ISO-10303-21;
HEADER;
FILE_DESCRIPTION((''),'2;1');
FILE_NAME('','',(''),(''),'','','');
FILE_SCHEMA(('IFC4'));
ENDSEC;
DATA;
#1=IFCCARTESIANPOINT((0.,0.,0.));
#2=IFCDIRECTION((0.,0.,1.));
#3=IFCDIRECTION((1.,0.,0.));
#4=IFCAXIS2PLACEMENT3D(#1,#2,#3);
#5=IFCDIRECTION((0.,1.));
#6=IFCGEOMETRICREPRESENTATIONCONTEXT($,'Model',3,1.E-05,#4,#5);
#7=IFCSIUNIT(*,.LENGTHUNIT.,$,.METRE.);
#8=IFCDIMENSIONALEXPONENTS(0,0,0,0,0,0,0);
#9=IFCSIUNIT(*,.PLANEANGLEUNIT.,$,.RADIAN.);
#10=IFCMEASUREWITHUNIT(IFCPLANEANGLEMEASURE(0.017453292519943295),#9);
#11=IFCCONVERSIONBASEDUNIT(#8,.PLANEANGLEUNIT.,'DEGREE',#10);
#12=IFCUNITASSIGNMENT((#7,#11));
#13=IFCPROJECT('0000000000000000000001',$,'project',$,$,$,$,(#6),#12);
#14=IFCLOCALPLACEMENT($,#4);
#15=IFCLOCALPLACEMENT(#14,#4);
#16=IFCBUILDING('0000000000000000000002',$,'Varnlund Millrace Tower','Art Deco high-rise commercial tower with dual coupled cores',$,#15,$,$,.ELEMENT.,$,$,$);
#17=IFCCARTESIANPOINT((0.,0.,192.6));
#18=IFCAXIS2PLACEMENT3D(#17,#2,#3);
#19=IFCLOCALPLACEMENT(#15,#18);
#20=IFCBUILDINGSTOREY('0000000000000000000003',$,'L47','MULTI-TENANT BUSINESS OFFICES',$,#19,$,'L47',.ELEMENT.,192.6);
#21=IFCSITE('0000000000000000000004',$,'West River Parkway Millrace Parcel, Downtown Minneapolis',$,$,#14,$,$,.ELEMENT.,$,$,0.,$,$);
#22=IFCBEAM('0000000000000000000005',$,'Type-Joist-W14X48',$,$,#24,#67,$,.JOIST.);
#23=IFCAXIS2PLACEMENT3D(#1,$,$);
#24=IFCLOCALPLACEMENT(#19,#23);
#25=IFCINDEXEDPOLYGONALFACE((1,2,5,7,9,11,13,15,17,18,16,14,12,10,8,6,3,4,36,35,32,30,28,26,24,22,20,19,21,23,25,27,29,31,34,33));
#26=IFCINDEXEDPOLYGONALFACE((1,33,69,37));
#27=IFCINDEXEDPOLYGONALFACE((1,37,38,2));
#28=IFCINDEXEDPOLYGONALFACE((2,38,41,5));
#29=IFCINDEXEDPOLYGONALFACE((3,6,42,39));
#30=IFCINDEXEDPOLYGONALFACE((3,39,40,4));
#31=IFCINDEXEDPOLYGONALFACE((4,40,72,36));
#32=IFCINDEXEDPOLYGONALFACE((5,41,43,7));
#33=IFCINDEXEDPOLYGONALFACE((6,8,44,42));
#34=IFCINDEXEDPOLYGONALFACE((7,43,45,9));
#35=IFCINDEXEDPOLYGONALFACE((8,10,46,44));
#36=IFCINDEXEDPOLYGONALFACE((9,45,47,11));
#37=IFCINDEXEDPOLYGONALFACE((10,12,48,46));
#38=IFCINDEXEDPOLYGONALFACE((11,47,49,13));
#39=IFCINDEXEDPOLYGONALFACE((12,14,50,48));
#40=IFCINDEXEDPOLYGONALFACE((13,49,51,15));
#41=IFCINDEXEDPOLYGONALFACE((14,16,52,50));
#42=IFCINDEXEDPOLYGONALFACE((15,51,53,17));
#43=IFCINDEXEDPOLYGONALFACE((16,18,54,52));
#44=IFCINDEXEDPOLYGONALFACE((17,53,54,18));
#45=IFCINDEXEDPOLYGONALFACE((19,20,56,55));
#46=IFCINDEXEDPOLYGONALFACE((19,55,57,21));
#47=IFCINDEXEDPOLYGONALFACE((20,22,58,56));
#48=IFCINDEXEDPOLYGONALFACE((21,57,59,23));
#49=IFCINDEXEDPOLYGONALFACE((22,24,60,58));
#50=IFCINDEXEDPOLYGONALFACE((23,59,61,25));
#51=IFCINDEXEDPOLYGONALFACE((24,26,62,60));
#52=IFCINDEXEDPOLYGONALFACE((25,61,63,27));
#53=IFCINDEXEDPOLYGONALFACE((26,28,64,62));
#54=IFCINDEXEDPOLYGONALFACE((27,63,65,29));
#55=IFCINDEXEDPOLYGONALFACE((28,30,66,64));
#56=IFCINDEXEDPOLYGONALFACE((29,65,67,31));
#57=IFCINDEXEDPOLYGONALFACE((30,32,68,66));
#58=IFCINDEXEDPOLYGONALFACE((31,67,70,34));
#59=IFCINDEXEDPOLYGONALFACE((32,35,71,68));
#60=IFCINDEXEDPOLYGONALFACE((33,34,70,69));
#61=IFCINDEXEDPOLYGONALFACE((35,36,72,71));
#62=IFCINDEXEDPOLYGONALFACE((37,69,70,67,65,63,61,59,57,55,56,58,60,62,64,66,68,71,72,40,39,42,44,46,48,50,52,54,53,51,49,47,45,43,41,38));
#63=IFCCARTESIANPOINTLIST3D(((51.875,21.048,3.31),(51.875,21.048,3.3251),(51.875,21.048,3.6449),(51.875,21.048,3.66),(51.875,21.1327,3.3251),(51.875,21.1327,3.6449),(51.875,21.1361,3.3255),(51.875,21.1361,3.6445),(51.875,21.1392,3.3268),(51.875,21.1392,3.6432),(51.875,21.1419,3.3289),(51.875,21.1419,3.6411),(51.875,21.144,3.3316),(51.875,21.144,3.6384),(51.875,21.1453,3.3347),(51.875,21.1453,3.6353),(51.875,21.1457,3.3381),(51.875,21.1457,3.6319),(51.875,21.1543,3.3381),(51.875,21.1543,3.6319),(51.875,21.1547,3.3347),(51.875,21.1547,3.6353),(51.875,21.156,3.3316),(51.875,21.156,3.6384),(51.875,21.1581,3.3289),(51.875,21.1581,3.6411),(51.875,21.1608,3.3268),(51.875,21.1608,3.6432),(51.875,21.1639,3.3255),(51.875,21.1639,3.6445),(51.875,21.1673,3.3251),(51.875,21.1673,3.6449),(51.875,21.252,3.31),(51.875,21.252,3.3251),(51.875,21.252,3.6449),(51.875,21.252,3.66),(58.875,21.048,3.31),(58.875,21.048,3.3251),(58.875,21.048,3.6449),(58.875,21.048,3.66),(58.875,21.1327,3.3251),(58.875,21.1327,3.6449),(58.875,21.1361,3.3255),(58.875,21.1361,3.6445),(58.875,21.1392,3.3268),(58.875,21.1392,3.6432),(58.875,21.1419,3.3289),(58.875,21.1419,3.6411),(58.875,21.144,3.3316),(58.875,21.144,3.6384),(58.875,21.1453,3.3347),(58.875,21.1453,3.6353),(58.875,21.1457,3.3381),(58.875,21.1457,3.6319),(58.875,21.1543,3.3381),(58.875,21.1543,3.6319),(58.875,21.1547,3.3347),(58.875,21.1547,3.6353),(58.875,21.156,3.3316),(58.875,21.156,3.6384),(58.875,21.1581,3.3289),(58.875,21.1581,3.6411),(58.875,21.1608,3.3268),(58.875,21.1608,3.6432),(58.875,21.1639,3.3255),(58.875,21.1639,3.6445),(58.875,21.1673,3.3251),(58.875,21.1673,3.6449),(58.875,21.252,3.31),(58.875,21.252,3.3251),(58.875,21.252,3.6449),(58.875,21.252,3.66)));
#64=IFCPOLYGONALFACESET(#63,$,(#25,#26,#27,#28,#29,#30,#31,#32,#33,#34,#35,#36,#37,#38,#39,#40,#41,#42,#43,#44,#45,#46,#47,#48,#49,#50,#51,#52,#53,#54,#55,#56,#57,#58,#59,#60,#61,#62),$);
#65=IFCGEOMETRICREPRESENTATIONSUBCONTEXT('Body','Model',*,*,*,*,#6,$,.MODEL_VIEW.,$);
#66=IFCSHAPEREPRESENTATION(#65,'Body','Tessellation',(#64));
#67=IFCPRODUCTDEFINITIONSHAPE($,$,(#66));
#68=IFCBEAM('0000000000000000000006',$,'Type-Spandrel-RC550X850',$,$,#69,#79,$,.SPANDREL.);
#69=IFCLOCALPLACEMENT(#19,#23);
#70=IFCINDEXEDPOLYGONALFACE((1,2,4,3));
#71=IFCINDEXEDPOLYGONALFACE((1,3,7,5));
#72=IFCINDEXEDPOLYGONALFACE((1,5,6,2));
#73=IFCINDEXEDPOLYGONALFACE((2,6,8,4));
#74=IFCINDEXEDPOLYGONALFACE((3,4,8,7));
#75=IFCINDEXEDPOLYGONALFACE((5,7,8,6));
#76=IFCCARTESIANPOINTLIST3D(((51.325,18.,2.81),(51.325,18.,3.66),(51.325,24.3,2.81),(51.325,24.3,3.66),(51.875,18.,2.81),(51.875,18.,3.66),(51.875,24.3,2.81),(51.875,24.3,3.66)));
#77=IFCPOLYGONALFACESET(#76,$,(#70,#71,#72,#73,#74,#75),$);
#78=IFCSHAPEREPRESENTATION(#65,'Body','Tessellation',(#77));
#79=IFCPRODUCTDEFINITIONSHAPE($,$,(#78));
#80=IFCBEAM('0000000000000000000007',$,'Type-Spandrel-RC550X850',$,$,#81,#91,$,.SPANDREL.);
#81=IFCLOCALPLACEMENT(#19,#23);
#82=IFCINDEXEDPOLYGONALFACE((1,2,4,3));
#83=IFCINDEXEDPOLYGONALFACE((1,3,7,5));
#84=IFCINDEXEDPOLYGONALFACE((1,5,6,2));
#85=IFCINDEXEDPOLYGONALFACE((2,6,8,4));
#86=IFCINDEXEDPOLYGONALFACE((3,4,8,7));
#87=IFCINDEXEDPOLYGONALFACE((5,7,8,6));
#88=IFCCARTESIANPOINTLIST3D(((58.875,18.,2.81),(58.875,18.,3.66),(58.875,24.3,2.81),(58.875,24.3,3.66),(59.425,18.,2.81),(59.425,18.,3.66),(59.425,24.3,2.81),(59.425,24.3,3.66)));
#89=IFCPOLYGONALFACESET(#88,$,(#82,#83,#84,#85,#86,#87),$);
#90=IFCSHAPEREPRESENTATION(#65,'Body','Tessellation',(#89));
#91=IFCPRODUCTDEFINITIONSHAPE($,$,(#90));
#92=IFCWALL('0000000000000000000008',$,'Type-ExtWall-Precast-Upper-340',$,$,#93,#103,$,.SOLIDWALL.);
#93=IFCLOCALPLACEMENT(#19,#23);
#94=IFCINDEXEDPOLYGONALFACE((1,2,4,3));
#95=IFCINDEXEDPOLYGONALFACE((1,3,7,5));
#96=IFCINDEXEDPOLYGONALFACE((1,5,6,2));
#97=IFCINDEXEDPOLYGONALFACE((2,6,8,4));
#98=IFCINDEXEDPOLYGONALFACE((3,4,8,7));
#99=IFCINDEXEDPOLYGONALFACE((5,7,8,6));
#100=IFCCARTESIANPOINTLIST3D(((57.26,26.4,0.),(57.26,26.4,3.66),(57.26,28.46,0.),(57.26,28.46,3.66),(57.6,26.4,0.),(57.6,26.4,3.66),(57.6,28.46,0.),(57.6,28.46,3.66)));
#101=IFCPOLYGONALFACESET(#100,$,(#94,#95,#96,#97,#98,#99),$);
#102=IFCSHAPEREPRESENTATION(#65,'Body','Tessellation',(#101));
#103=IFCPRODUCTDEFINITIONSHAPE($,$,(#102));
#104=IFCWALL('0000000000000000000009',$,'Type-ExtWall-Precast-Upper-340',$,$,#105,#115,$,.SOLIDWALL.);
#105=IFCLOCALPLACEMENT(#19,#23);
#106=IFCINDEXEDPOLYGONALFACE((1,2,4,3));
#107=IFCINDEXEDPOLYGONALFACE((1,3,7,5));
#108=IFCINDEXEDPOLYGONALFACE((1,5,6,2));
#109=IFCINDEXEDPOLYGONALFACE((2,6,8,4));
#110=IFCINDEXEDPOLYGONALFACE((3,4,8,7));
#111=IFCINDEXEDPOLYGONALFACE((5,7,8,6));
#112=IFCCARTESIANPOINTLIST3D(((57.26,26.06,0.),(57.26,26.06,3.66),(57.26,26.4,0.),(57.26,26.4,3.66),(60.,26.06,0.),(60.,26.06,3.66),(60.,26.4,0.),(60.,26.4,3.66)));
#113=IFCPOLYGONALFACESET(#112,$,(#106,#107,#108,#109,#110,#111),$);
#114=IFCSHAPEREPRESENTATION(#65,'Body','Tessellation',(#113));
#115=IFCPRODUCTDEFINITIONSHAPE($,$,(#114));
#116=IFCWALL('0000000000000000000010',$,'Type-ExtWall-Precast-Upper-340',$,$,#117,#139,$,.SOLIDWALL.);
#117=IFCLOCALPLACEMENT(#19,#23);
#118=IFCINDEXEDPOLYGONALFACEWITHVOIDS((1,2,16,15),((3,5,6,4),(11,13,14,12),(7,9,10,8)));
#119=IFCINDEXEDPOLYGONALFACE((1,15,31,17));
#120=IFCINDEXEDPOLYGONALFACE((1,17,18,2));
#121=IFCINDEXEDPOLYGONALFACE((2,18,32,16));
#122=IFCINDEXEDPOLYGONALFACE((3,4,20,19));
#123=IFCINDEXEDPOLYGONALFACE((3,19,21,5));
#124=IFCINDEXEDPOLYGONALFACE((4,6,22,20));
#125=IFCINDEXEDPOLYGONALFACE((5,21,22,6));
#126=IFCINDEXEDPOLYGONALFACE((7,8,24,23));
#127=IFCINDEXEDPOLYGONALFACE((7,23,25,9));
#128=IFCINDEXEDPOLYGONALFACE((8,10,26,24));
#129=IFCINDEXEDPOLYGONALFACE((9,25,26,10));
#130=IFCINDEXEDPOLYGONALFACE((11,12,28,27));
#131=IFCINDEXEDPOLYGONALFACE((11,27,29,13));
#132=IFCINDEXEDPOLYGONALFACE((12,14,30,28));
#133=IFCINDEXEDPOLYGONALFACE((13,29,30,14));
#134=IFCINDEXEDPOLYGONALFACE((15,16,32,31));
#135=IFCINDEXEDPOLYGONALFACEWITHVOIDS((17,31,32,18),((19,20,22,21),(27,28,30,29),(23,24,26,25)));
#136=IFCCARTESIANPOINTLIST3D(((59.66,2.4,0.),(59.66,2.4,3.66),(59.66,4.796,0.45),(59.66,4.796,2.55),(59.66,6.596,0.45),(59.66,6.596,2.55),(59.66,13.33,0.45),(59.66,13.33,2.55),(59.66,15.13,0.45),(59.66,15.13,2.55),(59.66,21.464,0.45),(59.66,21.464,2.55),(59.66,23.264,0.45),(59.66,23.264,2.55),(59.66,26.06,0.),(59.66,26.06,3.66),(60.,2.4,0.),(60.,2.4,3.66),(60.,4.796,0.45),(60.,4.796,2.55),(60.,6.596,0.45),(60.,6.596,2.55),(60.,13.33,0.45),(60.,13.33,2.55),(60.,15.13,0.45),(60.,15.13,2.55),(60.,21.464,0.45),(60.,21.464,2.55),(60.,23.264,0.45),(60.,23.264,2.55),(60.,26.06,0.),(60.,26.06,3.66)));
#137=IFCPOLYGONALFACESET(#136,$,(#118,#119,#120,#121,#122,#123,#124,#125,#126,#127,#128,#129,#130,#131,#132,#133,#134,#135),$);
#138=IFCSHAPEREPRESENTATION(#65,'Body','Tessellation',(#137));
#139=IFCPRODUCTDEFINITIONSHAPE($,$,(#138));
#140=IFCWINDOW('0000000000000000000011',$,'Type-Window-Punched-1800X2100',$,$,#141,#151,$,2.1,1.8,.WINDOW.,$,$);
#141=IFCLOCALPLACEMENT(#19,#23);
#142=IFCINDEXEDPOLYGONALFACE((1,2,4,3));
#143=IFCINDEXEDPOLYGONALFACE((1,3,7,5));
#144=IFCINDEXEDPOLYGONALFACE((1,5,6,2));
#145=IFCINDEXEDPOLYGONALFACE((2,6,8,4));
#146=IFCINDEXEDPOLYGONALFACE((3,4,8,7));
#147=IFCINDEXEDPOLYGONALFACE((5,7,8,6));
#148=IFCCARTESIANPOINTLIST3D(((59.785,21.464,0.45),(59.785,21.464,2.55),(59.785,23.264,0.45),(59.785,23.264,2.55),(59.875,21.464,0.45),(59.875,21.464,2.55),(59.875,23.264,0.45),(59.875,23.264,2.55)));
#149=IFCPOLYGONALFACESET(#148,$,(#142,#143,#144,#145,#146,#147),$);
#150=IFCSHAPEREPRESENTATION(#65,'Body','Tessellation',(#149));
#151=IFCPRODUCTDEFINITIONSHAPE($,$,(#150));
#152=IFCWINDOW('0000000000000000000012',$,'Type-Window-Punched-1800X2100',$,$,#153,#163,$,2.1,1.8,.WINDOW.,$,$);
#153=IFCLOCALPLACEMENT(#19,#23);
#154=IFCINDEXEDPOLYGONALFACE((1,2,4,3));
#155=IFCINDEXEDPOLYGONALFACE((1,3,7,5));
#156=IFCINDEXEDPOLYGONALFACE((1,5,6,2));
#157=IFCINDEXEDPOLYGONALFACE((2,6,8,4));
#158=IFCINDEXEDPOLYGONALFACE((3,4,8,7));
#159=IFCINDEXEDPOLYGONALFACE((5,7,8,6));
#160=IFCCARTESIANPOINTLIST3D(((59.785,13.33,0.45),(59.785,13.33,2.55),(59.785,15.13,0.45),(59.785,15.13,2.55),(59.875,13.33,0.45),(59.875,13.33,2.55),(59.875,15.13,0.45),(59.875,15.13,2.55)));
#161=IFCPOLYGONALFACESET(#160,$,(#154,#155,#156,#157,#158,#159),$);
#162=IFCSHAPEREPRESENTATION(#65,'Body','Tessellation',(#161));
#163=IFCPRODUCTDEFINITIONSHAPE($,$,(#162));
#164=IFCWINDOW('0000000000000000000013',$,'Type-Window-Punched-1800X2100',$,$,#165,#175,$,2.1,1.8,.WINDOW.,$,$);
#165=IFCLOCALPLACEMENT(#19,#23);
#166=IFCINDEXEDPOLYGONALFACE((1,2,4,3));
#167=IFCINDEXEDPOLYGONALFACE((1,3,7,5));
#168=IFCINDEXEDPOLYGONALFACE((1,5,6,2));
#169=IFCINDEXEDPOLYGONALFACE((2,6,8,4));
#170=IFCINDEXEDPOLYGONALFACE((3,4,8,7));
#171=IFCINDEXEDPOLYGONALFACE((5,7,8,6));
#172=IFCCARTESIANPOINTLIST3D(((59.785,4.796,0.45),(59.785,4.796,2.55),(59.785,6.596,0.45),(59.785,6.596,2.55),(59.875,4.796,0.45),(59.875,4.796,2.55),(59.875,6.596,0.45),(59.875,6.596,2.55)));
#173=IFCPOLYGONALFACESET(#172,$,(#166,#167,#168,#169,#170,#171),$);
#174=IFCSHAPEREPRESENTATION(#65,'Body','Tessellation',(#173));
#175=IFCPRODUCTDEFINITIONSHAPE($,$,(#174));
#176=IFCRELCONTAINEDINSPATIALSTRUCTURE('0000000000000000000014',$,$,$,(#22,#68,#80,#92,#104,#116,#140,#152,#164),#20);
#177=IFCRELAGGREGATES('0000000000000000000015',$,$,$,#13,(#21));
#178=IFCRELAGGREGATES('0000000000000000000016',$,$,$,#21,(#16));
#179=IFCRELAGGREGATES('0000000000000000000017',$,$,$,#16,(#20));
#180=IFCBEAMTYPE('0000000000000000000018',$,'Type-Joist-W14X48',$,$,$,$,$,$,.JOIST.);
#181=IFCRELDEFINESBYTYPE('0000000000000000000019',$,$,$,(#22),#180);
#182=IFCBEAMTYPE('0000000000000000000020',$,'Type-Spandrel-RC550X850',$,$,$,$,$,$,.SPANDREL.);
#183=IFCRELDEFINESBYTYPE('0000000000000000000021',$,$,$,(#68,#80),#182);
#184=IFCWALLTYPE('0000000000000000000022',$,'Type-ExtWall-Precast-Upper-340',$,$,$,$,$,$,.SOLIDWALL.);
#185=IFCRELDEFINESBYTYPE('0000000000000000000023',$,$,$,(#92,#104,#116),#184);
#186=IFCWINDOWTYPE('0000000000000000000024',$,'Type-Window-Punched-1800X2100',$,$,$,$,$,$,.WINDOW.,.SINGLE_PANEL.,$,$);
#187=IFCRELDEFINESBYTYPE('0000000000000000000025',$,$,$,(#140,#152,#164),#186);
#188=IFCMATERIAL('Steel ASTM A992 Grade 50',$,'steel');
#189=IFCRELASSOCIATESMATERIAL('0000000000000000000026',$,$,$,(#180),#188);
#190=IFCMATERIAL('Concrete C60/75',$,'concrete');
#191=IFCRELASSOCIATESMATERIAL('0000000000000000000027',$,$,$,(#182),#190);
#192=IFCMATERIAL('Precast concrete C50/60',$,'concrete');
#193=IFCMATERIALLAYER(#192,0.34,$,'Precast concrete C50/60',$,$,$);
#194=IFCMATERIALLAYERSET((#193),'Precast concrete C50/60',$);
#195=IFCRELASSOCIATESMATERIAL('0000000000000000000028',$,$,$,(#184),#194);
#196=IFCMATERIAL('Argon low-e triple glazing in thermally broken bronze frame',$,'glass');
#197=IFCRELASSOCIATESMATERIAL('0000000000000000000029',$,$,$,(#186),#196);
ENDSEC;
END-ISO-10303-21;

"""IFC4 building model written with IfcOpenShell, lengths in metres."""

from ifc_helpers import new_model, entity, si_unit, converted_unit, direction, frame, origin_with_axes, origin_2d_with_axis, place, context, subcontext, project, spatial, polyline, rectangle, i_section, outline, extrude, material, layer, layer_set, material_profile, profile_set, type_object, element, fill, save


model = new_model("IFC4")

# Units and contexts
model_context = context("Model", 3, precision=1e-05, world=origin_with_axes(), true_north=direction((0.0, 1.0)))
body_context = subcontext(model_context, "Body", "Model", "MODEL_VIEW")
ifc_project = project(units=[si_unit("LENGTHUNIT", "METRE"), converted_unit("PLANEANGLEUNIT", "DEGREE", entity("IfcPlaneAngleMeasure", 0.017453292519943295), si_unit("PLANEANGLEUNIT", "RADIAN"), dimensions=[0, 0, 0, 0, 0, 0, 0])], contexts=[model_context])

# Site, building, storey
site_placement = place(None, origin_with_axes())
site = spatial("IfcSite", under=ifc_project, at=site_placement, Name="West River Parkway Millrace Parcel, Downtown Minneapolis", CompositionType="ELEMENT", RefElevation=0.0)
building_placement = place(site_placement, origin_with_axes())
building = spatial("IfcBuilding", under=site, at=building_placement, Name="Varnlund Millrace Tower", Description="Art Deco high-rise commercial tower with dual coupled cores", CompositionType="ELEMENT")
storey_placement = place(building_placement, frame((0.0, 0.0, 192.6), z_axis=(0.0, 0.0, 1.0), x_axis=(1.0, 0.0, 0.0)))
storey = spatial("IfcBuildingStorey", under=building, at=storey_placement, Name="L47", Description="MULTI-TENANT BUSINESS OFFICES", LongName="L47", CompositionType="ELEMENT", Elevation=192.6)

# Beams
ifc_material_1 = material(Name="Steel ASTM A992 Grade 50", Category="steel")
ifc_material_profile_1 = material_profile(ifc_material_1, i_section(OverallWidth=0.204, OverallDepth=0.35, WebThickness=0.0086, FlangeThickness=0.0151, FilletRadius=0.013, at=origin_2d_with_axis()), Name="Steel ASTM A992 Grade 50")
ifc_profile_set_1 = profile_set([ifc_material_profile_1], Name="Steel ASTM A992 Grade 50")
beam_type_1 = type_object("IfcBeamType", Name="Type-Joist-W14X48", PredefinedType="JOIST", material=ifc_profile_set_1)
for number, where, z_axis, x_axis, name in (
    (1, (51.875, 21.15, 3.485), (1.0, 0.0, 0.0), (0.0, 1.0, 0.0), "Type-Joist-W14X48"),
):
    element("IfcBeam", number, at=place(storey_placement, frame(where, z_axis=z_axis, x_axis=x_axis)), inside=storey, type_object=beam_type_1, Name=name, PredefinedType="JOIST", context=body_context, shape_type="SweptSolid", body=[
        extrude(i_section(OverallWidth=0.204, OverallDepth=0.35, WebThickness=0.0086, FlangeThickness=0.0151, FilletRadius=0.013, at=origin_2d_with_axis()), origin_with_axes(), (0.0, 0.0, 1.0), 7.0),
    ])
ifc_material_2 = material(Name="Concrete C60/75", Category="concrete")
ifc_material_profile_2 = material_profile(ifc_material_2, rectangle(XDim=0.55, YDim=0.85, at=origin_2d_with_axis()), Name="Concrete C60/75")
ifc_profile_set_2 = profile_set([ifc_material_profile_2], Name="Concrete C60/75")
beam_type_2 = type_object("IfcBeamType", Name="Type-Spandrel-RC550X850", PredefinedType="SPANDREL", material=ifc_profile_set_2)
for number, where, z_axis, x_axis, name in (
    (2, (51.6, 18.0, 3.235), (0.0, 1.0, 0.0), (-1.0, 0.0, 0.0), "Type-Spandrel-RC550X850"),
    (3, (59.15, 18.0, 3.235), (0.0, 1.0, 0.0), (-1.0, 0.0, 0.0), "Type-Spandrel-RC550X850"),
):
    element("IfcBeam", number, at=place(storey_placement, frame(where, z_axis=z_axis, x_axis=x_axis)), inside=storey, type_object=beam_type_2, Name=name, PredefinedType="SPANDREL", context=body_context, shape_type="SweptSolid", body=[
        extrude(rectangle(XDim=0.55, YDim=0.85, at=origin_2d_with_axis()), origin_with_axes(), (0.0, 0.0, 1.0), 6.3),
    ])

# Walls
ifc_material_3 = material(Name="Precast concrete C50/60", Category="concrete")
ifc_layer_1 = layer(ifc_material_3, 0.34, Name="Precast concrete C50/60")
ifc_layer_set_1 = layer_set([ifc_layer_1], Name="Precast concrete C50/60")
wall_type_1 = type_object("IfcWallType", Name="Type-ExtWall-Precast-Upper-340", PredefinedType="SOLIDWALL", material=ifc_layer_set_1)
wall_1_placement = place(storey_placement, frame((57.43, 28.46, 0.0), z_axis=(0.0, 0.0, 1.0), x_axis=(0.0, -1.0, 0.0)))
element("IfcWall", 4, at=wall_1_placement, inside=storey, type_object=wall_type_1, Name="Type-ExtWall-Precast-Upper-340", PredefinedType="SOLIDWALL", context=body_context, shape_type="SweptSolid", body=[
    extrude(outline(polyline([(0.0, -0.17), (2.06, -0.17), (2.06, 0.17), (0.0, 0.17), (0.0, -0.17)])), origin_with_axes(), (0.0, 0.0, 1.0), 3.66),
])
wall_2_placement = place(storey_placement, frame((57.26, 26.23, 0.0), z_axis=(0.0, 0.0, 1.0), x_axis=(1.0, 0.0, 0.0)))
element("IfcWall", 5, at=wall_2_placement, inside=storey, type_object=wall_type_1, Name="Type-ExtWall-Precast-Upper-340", PredefinedType="SOLIDWALL", context=body_context, shape_type="SweptSolid", body=[
    extrude(outline(polyline([(0.0, -0.17), (2.74, -0.17), (2.74, 0.17), (0.0, 0.17), (0.0, -0.17)])), origin_with_axes(), (0.0, 0.0, 1.0), 3.66),
])

# Wall, openings, windows
wall_3_placement = place(storey_placement, frame((59.83, 26.06, 0.0), z_axis=(0.0, 0.0, 1.0), x_axis=(0.0, -1.0, 0.0)))
wall_3 = element("IfcWall", 6, at=wall_3_placement, inside=storey, type_object=wall_type_1, Name="Type-ExtWall-Precast-Upper-340", PredefinedType="SOLIDWALL", context=body_context, shape_type="SweptSolid", body=[
    extrude(outline(polyline([(0.0, -0.17), (23.66, -0.17), (23.66, 0.17), (0.0, 0.17), (0.0, -0.17)])), origin_with_axes(), (0.0, 0.0, 1.0), 3.66),
])
opening_1_placement = place(wall_3_placement, frame((3.696, 0.0, 0.45), z_axis=(0.0, 0.0, 1.0), x_axis=(1.0, 0.0, 0.0)))
opening_1 = element("IfcOpeningElement", 7, at=opening_1_placement, cuts=wall_3, PredefinedType="OPENING", context=body_context, shape_type="SweptSolid", body=[
    extrude(rectangle(XDim=1.8, YDim=0.36, at=origin_2d_with_axis()), origin_with_axes(), (0.0, 0.0, 1.0), 2.1),
])
opening_2_placement = place(wall_3_placement, frame((11.83, 0.0, 0.45), z_axis=(0.0, 0.0, 1.0), x_axis=(1.0, 0.0, 0.0)))
opening_2 = element("IfcOpeningElement", 8, at=opening_2_placement, cuts=wall_3, PredefinedType="OPENING", context=body_context, shape_type="SweptSolid", body=[
    extrude(rectangle(XDim=1.8, YDim=0.36, at=origin_2d_with_axis()), origin_with_axes(), (0.0, 0.0, 1.0), 2.1),
])
opening_3_placement = place(wall_3_placement, frame((20.364, 0.0, 0.45), z_axis=(0.0, 0.0, 1.0), x_axis=(1.0, 0.0, 0.0)))
opening_3 = element("IfcOpeningElement", 9, at=opening_3_placement, cuts=wall_3, PredefinedType="OPENING", context=body_context, shape_type="SweptSolid", body=[
    extrude(rectangle(XDim=1.8, YDim=0.36, at=origin_2d_with_axis()), origin_with_axes(), (0.0, 0.0, 1.0), 2.1),
])
ifc_material_4 = material(Name="Argon low-e triple glazing in thermally broken bronze frame", Category="glass")
window_type = type_object("IfcWindowType", Name="Type-Window-Punched-1800X2100", PartitioningType="SINGLE_PANEL", PredefinedType="WINDOW", material=ifc_material_4)
window_1_placement = place(wall_3_placement, frame((3.696, 0.0, 0.45), z_axis=(0.0, 0.0, 1.0), x_axis=(1.0, 0.0, 0.0)))
window_1 = element("IfcWindow", 10, at=window_1_placement, inside=storey, type_object=window_type, Name="Type-Window-Punched-1800X2100", OverallHeight=2.1, OverallWidth=1.8, PredefinedType="WINDOW", context=body_context, shape_type="SweptSolid", body=[
    extrude(rectangle(XDim=1.8, YDim=0.09, at=origin_2d_with_axis()), origin_with_axes(), (0.0, 0.0, 1.0), 2.1),
])
fill(opening_1, window_1)
window_2_placement = place(wall_3_placement, frame((11.83, 0.0, 0.45), z_axis=(0.0, 0.0, 1.0), x_axis=(1.0, 0.0, 0.0)))
window_2 = element("IfcWindow", 11, at=window_2_placement, inside=storey, type_object=window_type, Name="Type-Window-Punched-1800X2100", OverallHeight=2.1, OverallWidth=1.8, PredefinedType="WINDOW", context=body_context, shape_type="SweptSolid", body=[
    extrude(rectangle(XDim=1.8, YDim=0.09, at=origin_2d_with_axis()), origin_with_axes(), (0.0, 0.0, 1.0), 2.1),
])
fill(opening_2, window_2)
window_3_placement = place(wall_3_placement, frame((20.364, 0.0, 0.45), z_axis=(0.0, 0.0, 1.0), x_axis=(1.0, 0.0, 0.0)))
window_3 = element("IfcWindow", 12, at=window_3_placement, inside=storey, type_object=window_type, Name="Type-Window-Punched-1800X2100", OverallHeight=2.1, OverallWidth=1.8, PredefinedType="WINDOW", context=body_context, shape_type="SweptSolid", body=[
    extrude(rectangle(XDim=1.8, YDim=0.09, at=origin_2d_with_axis()), origin_with_axes(), (0.0, 0.0, 1.0), 2.1),
])
fill(opening_3, window_3)

save(model, "model.ifc")
